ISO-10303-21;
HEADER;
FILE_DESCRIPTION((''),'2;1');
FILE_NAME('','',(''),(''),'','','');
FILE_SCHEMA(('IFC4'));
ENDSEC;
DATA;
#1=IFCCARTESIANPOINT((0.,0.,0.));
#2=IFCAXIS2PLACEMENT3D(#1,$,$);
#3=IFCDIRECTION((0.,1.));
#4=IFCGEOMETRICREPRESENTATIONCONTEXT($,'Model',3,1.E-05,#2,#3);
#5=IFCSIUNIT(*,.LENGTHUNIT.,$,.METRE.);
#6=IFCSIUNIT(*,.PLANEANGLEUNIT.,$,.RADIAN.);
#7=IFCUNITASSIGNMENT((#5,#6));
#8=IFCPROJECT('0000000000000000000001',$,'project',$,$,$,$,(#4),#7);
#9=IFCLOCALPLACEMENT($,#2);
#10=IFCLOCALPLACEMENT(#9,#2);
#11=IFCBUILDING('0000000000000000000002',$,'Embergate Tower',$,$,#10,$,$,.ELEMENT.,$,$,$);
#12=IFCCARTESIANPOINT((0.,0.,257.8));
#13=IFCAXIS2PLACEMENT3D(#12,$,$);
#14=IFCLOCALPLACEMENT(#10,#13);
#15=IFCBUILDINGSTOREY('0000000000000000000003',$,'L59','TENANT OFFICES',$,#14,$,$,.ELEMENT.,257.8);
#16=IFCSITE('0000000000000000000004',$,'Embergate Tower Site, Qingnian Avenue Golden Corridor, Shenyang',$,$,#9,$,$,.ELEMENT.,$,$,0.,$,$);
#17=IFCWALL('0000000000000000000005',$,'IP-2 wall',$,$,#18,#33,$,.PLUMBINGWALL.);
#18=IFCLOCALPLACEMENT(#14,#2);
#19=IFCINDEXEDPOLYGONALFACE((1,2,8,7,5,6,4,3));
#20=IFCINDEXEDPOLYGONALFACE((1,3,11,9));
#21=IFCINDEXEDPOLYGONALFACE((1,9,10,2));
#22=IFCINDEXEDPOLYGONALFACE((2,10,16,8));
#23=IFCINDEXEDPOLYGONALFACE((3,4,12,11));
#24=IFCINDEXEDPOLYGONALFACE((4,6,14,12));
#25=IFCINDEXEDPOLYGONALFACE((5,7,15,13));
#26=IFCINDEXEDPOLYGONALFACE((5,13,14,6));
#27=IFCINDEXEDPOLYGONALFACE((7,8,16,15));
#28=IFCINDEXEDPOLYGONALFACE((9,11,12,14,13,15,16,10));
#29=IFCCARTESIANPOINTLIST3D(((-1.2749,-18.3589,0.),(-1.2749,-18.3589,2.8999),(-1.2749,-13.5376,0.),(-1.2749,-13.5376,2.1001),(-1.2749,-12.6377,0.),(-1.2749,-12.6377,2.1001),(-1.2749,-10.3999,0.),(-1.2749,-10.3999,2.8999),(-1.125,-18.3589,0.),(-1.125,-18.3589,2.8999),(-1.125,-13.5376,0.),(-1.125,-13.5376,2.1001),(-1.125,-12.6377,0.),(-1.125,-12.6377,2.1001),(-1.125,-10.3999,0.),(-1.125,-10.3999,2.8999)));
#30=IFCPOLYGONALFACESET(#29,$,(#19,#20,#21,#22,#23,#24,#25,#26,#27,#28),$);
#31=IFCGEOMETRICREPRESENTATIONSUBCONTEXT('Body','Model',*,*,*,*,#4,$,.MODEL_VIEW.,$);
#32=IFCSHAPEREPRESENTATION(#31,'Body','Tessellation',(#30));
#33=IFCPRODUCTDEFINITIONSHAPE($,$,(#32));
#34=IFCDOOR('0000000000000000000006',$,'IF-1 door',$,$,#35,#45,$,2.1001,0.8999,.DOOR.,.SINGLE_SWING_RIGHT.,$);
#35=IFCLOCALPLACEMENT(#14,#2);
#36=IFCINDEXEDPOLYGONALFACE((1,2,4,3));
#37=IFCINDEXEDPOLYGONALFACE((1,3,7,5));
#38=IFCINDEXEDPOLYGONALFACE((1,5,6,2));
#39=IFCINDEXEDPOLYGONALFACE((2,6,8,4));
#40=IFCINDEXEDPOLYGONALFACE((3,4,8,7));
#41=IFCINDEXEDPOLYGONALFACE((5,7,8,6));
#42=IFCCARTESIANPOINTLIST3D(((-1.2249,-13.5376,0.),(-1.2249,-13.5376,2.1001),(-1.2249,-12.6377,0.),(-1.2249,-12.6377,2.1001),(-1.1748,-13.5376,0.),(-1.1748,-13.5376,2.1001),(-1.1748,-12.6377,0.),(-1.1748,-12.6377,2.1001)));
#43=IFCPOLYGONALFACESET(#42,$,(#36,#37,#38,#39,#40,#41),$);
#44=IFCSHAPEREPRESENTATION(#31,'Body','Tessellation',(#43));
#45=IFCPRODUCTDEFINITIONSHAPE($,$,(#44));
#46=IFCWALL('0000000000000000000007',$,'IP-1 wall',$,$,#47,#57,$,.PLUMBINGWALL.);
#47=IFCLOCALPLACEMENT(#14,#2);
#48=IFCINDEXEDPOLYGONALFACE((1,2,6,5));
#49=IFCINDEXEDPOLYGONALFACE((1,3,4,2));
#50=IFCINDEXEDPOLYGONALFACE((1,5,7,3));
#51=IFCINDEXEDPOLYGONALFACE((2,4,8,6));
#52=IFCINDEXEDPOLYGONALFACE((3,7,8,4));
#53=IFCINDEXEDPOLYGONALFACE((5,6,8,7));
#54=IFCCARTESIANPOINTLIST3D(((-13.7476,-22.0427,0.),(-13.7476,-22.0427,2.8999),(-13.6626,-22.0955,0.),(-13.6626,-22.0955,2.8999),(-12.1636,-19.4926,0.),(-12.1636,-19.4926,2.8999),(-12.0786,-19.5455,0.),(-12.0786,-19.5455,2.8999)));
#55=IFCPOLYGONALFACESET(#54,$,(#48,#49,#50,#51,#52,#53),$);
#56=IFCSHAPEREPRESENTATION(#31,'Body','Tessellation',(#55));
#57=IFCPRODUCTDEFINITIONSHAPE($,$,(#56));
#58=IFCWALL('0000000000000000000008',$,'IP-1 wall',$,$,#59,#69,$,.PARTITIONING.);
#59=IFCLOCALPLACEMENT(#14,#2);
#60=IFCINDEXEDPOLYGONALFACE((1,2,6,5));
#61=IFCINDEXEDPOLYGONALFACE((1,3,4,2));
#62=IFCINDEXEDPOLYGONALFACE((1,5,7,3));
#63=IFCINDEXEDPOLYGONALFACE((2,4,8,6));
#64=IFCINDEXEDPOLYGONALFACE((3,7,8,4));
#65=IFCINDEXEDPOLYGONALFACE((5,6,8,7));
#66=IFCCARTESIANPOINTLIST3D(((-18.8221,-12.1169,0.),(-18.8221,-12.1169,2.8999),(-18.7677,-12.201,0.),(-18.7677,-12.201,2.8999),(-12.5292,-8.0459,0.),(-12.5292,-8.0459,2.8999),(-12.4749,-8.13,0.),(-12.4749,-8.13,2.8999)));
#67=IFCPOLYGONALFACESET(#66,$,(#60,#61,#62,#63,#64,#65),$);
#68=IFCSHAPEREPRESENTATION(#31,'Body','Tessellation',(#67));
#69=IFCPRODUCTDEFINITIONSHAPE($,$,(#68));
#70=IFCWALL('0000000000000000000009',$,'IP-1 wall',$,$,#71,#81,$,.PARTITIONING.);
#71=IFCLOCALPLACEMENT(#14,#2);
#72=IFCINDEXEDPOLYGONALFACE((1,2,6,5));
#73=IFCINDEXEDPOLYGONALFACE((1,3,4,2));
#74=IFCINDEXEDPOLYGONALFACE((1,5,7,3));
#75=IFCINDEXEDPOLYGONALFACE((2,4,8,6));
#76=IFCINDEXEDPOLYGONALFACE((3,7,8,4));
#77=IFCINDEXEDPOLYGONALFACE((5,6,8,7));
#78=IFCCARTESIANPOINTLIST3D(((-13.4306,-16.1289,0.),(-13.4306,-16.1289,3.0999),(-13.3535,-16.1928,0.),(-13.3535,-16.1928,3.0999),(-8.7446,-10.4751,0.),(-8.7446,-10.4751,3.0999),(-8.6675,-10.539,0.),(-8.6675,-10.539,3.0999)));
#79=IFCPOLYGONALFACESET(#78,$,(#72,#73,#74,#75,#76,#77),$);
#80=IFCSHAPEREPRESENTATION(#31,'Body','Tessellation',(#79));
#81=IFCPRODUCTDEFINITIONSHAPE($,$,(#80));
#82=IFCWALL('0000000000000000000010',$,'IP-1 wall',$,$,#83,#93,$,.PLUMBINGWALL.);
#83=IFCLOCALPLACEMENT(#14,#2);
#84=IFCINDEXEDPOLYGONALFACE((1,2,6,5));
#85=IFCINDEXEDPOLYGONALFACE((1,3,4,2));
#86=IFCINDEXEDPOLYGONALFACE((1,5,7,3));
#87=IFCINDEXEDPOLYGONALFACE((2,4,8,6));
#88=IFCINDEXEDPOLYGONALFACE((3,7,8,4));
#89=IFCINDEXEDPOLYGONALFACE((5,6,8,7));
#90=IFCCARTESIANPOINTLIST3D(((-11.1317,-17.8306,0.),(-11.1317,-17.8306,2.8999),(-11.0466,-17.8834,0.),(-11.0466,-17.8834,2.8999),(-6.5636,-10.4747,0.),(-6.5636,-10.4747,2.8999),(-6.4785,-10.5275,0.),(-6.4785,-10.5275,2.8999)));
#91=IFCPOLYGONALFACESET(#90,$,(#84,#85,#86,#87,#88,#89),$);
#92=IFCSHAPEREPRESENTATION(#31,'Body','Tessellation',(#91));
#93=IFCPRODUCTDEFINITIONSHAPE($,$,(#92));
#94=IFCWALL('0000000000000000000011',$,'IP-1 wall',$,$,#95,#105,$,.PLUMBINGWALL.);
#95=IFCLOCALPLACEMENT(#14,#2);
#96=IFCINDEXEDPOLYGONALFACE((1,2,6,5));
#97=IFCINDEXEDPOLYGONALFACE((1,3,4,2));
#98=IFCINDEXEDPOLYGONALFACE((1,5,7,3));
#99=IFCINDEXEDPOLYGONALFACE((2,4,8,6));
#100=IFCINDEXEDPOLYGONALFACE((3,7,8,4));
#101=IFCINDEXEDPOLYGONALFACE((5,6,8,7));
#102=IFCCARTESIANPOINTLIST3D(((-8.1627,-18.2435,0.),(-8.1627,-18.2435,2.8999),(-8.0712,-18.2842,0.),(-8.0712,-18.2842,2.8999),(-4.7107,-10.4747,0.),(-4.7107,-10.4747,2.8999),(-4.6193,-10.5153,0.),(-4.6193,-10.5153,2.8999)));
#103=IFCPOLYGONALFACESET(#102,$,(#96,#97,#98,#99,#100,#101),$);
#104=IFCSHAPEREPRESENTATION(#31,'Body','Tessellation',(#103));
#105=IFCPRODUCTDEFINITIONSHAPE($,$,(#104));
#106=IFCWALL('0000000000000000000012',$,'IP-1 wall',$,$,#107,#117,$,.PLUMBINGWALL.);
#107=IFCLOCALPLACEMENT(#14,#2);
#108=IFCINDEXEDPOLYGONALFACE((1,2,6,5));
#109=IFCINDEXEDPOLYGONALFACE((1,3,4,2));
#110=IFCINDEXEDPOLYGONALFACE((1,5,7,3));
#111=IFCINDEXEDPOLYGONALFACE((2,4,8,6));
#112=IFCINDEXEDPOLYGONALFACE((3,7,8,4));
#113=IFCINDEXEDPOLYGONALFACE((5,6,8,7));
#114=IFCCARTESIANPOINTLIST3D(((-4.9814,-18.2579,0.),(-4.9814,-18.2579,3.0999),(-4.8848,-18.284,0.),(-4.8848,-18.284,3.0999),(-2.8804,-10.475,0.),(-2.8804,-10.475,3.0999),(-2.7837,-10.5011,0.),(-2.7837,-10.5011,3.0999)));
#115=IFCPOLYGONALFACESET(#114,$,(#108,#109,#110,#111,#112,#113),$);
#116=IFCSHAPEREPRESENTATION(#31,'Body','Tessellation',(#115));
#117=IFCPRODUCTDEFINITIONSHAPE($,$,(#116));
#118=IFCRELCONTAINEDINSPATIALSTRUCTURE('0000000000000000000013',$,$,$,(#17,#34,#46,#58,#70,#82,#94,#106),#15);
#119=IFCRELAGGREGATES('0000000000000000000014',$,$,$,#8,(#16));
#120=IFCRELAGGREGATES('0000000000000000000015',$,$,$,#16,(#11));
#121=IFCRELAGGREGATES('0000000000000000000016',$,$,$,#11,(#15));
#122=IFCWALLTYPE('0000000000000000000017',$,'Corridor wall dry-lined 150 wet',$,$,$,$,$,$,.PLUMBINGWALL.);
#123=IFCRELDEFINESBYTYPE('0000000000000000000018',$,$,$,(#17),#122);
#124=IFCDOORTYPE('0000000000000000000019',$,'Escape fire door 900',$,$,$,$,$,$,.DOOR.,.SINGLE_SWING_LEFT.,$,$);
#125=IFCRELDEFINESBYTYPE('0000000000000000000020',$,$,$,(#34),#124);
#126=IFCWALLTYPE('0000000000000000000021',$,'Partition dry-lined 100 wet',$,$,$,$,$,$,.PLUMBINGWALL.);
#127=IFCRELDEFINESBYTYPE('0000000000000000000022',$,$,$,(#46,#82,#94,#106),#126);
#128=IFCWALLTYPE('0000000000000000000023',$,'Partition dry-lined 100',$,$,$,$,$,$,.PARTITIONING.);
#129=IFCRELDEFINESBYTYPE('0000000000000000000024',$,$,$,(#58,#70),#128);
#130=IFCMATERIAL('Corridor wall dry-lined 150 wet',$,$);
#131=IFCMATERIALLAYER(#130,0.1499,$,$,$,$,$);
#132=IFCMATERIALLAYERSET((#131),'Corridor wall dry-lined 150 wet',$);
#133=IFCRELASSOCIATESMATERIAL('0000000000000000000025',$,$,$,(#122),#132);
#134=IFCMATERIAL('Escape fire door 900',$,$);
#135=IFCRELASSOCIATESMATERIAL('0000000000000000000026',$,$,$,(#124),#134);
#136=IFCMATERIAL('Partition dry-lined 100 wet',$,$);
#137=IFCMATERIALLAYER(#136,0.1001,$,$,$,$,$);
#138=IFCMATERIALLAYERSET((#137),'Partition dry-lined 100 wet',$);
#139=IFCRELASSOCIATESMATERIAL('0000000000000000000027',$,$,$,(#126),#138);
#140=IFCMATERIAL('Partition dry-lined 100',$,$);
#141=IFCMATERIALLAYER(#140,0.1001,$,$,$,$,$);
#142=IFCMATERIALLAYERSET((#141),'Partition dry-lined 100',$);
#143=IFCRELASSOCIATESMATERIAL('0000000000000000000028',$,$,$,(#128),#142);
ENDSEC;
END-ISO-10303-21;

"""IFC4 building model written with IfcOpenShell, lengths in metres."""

from ifc_helpers import new_model, si_unit, direction, frame, frame_2d, origin, place, context, subcontext, project, spatial, rectangle, extrude, source, transform, mapped, material, layer, layer_set, type_object, element, fill, save


model = new_model("IFC4")

# Units and contexts
model_context = context("Model", 3, precision=1e-05, world=origin(), true_north=direction((0.0, 1.0)))
body_context = subcontext(model_context, "Body", "Model", "MODEL_VIEW")
ifc_project = project(units=[si_unit("LENGTHUNIT", "METRE"), si_unit("PLANEANGLEUNIT", "RADIAN")], contexts=[model_context])

# Site, building, storey
site_placement = place(None, origin())
site = spatial("IfcSite", under=ifc_project, at=site_placement, Name="Embergate Tower Site, Qingnian Avenue Golden Corridor, Shenyang", CompositionType="ELEMENT", RefElevation=0.0)
building_placement = place(site_placement, origin())
building = spatial("IfcBuilding", under=site, at=building_placement, Name="Embergate Tower", CompositionType="ELEMENT")
storey_placement = place(building_placement, frame((0.0, 0.0, 257.8)))
storey = spatial("IfcBuildingStorey", under=building, at=storey_placement, Name="L59", Description="TENANT OFFICES", CompositionType="ELEMENT", Elevation=257.8)

# Shared definitions
ifc_material_1 = material(Name="Corridor wall dry-lined 150 wet")
ifc_layer_1 = layer(ifc_material_1, 0.1499)
ifc_layer_set_1 = layer_set([ifc_layer_1], Name="Corridor wall dry-lined 150 wet")
wall_type_1 = type_object("IfcWallType", Name="Corridor wall dry-lined 150 wet", PredefinedType="PLUMBINGWALL", material=ifc_layer_set_1)
shared_shape_1 = source(origin(), body_context, "Body", "SweptSolid", [
    extrude(rectangle(XDim=0.8999, YDim=2.1001, at=frame_2d((0.45, 1.05))), frame((0.0, 0.085, 0.0), z_axis=(0.0, -1.0, 0.0), x_axis=(1.0, 0.0, 0.0)), (0.0, 0.0, 1.0), 0.1699),
])
ifc_material_2 = material(Name="Escape fire door 900")
door_type_1 = type_object("IfcDoorType", Name="Escape fire door 900", OperationType="SINGLE_SWING_LEFT", PredefinedType="DOOR", material=ifc_material_2)
shared_shape_2 = source(origin(), body_context, "Body", "SweptSolid", [
    extrude(rectangle(XDim=0.8999, YDim=2.1001, at=frame_2d((0.45, 1.05))), frame((0.0, 0.0249, 0.0), z_axis=(0.0, -1.0, 0.0), x_axis=(1.0, 0.0, 0.0)), (0.0, 0.0, 1.0), 0.05),
])

# Wall, opening, door
shared_shape_3 = source(origin(), body_context, "Body", "SweptSolid", [
    extrude(rectangle(XDim=7.959, YDim=0.1499, at=frame_2d((3.9795, 0.0))), origin(), (0.0, 0.0, 1.0), 2.8999),
])
wall_1_placement = place(storey_placement, frame((-1.2, -18.3589, 0.0), z_axis=(0.0, 0.0, 1.0), x_axis=(0.0, 1.0, 0.0)))
wall_1 = element("IfcWall", 1, at=wall_1_placement, inside=storey, type_object=wall_type_1, Name="IP-2 wall", PredefinedType="PLUMBINGWALL", context=body_context, shape_type="MappedRepresentation", body=[
    mapped(shared_shape_3, transform((0.0, 0.0, 0.0))),
])
opening_1_placement = place(wall_1_placement, frame((4.8213, 0.0, 0.0)))
opening_1 = element("IfcOpeningElement", 2, at=opening_1_placement, cuts=wall_1, PredefinedType="OPENING", context=body_context, shape_type="MappedRepresentation", body=[
    mapped(shared_shape_1, transform((0.0, 0.0, 0.0))),
])
door_1_placement = place(opening_1_placement, origin())
door_1 = element("IfcDoor", 3, at=door_1_placement, inside=storey, type_object=door_type_1, Name="IF-1 door", OperationType="SINGLE_SWING_RIGHT", OverallHeight=2.1001, OverallWidth=0.8999, PredefinedType="DOOR", context=body_context, shape_type="MappedRepresentation", body=[
    mapped(shared_shape_2, transform((0.0, 0.0, 0.0))),
])
fill(opening_1, door_1)

# Walls
ifc_material_3 = material(Name="Partition dry-lined 100 wet")
ifc_layer_2 = layer(ifc_material_3, 0.1001)
ifc_layer_set_2 = layer_set([ifc_layer_2], Name="Partition dry-lined 100 wet")
wall_type_2 = type_object("IfcWallType", Name="Partition dry-lined 100 wet", PredefinedType="PLUMBINGWALL", material=ifc_layer_set_2)
shared_shape_4 = source(origin(), body_context, "Body", "SweptSolid", [
    extrude(rectangle(XDim=3.002, YDim=0.1001, at=frame_2d((1.501, 0.0))), origin(), (0.0, 0.0, 1.0), 2.8999),
])
wall_2_placement = place(storey_placement, frame((-12.1211, -19.519, 0.0), z_axis=(0.0, 0.0, 1.0), x_axis=(-0.52765, -0.849462, 0.0)))
element("IfcWall", 4, at=wall_2_placement, inside=storey, type_object=wall_type_2, Name="IP-1 wall", PredefinedType="PLUMBINGWALL", context=body_context, shape_type="MappedRepresentation", body=[
    mapped(shared_shape_4, transform((0.0, 0.0, 0.0))),
])
ifc_material_4 = material(Name="Partition dry-lined 100")
ifc_layer_3 = layer(ifc_material_4, 0.1001)
ifc_layer_set_3 = layer_set([ifc_layer_3], Name="Partition dry-lined 100")
wall_type_3 = type_object("IfcWallType", Name="Partition dry-lined 100", PredefinedType="PARTITIONING", material=ifc_layer_set_3)
shared_shape_5 = source(origin(), body_context, "Body", "SweptSolid", [
    extrude(rectangle(XDim=7.4949, YDim=0.1001, at=frame_2d((3.7476, 0.0))), origin(), (0.0, 0.0, 1.0), 2.8999),
])
wall_3_placement = place(storey_placement, frame((-12.502, -8.0879, 0.0), z_axis=(0.0, 0.0, 1.0), x_axis=(-0.839623, -0.543169, 0.0)))
element("IfcWall", 5, at=wall_3_placement, inside=storey, type_object=wall_type_3, Name="IP-1 wall", PredefinedType="PARTITIONING", context=body_context, shape_type="MappedRepresentation", body=[
    mapped(shared_shape_5, transform((0.0, 0.0, 0.0))),
])
shared_shape_6 = source(origin(), body_context, "Body", "SweptSolid", [
    extrude(rectangle(XDim=7.3433, YDim=0.1001, at=frame_2d((3.6716, 0.0))), origin(), (0.0, 0.0, 1.0), 3.0999),
])
wall_4_placement = place(storey_placement, frame((-8.7061, -10.5071, 0.0), z_axis=(0.0, 0.0, 1.0), x_axis=(-0.638135, -0.769924, 0.0)))
element("IfcWall", 6, at=wall_4_placement, inside=storey, type_object=wall_type_3, Name="IP-1 wall", PredefinedType="PARTITIONING", context=body_context, shape_type="MappedRepresentation", body=[
    mapped(shared_shape_6, transform((0.0, 0.0, 0.0))),
])
shared_shape_7 = source(origin(), body_context, "Body", "SweptSolid", [
    extrude(rectangle(XDim=8.6589, YDim=0.1001, at=frame_2d((4.3296, 0.0))), origin(), (0.0, 0.0, 1.0), 2.8999),
])
wall_5_placement = place(storey_placement, frame((-6.521, -10.501, 0.0), z_axis=(0.0, 0.0, 1.0), x_axis=(-0.527559, -0.849519, 0.0)))
element("IfcWall", 7, at=wall_5_placement, inside=storey, type_object=wall_type_2, Name="IP-1 wall", PredefinedType="PLUMBINGWALL", context=body_context, shape_type="MappedRepresentation", body=[
    mapped(shared_shape_7, transform((0.0, 0.0, 0.0))),
])
shared_shape_8 = source(origin(), body_context, "Body", "SweptSolid", [
    extrude(rectangle(XDim=8.5012, YDim=0.1001, at=frame_2d((4.2505, 0.0))), origin(), (0.0, 0.0, 1.0), 2.8999),
])
wall_6_placement = place(storey_placement, frame((-4.665, -10.4951, 0.0), z_axis=(0.0, 0.0, 1.0), x_axis=(-0.406051, -0.913851, 0.0)))
element("IfcWall", 8, at=wall_6_placement, inside=storey, type_object=wall_type_2, Name="IP-1 wall", PredefinedType="PLUMBINGWALL", context=body_context, shape_type="MappedRepresentation", body=[
    mapped(shared_shape_8, transform((0.0, 0.0, 0.0))),
])
shared_shape_9 = source(origin(), body_context, "Body", "SweptSolid", [
    extrude(rectangle(XDim=8.0615, YDim=0.1001, at=frame_2d((4.0308, 0.0))), origin(), (0.0, 0.0, 1.0), 3.0999),
])
wall_7_placement = place(storey_placement, frame((-2.832, -10.488, 0.0), z_axis=(0.0, 0.0, 1.0), x_axis=(-0.260628, -0.965439, 0.0)))
element("IfcWall", 9, at=wall_7_placement, inside=storey, type_object=wall_type_2, Name="IP-1 wall", PredefinedType="PLUMBINGWALL", context=body_context, shape_type="MappedRepresentation", body=[
    mapped(shared_shape_9, transform((0.0, 0.0, 0.0))),
])

save(model, "model.ifc")
